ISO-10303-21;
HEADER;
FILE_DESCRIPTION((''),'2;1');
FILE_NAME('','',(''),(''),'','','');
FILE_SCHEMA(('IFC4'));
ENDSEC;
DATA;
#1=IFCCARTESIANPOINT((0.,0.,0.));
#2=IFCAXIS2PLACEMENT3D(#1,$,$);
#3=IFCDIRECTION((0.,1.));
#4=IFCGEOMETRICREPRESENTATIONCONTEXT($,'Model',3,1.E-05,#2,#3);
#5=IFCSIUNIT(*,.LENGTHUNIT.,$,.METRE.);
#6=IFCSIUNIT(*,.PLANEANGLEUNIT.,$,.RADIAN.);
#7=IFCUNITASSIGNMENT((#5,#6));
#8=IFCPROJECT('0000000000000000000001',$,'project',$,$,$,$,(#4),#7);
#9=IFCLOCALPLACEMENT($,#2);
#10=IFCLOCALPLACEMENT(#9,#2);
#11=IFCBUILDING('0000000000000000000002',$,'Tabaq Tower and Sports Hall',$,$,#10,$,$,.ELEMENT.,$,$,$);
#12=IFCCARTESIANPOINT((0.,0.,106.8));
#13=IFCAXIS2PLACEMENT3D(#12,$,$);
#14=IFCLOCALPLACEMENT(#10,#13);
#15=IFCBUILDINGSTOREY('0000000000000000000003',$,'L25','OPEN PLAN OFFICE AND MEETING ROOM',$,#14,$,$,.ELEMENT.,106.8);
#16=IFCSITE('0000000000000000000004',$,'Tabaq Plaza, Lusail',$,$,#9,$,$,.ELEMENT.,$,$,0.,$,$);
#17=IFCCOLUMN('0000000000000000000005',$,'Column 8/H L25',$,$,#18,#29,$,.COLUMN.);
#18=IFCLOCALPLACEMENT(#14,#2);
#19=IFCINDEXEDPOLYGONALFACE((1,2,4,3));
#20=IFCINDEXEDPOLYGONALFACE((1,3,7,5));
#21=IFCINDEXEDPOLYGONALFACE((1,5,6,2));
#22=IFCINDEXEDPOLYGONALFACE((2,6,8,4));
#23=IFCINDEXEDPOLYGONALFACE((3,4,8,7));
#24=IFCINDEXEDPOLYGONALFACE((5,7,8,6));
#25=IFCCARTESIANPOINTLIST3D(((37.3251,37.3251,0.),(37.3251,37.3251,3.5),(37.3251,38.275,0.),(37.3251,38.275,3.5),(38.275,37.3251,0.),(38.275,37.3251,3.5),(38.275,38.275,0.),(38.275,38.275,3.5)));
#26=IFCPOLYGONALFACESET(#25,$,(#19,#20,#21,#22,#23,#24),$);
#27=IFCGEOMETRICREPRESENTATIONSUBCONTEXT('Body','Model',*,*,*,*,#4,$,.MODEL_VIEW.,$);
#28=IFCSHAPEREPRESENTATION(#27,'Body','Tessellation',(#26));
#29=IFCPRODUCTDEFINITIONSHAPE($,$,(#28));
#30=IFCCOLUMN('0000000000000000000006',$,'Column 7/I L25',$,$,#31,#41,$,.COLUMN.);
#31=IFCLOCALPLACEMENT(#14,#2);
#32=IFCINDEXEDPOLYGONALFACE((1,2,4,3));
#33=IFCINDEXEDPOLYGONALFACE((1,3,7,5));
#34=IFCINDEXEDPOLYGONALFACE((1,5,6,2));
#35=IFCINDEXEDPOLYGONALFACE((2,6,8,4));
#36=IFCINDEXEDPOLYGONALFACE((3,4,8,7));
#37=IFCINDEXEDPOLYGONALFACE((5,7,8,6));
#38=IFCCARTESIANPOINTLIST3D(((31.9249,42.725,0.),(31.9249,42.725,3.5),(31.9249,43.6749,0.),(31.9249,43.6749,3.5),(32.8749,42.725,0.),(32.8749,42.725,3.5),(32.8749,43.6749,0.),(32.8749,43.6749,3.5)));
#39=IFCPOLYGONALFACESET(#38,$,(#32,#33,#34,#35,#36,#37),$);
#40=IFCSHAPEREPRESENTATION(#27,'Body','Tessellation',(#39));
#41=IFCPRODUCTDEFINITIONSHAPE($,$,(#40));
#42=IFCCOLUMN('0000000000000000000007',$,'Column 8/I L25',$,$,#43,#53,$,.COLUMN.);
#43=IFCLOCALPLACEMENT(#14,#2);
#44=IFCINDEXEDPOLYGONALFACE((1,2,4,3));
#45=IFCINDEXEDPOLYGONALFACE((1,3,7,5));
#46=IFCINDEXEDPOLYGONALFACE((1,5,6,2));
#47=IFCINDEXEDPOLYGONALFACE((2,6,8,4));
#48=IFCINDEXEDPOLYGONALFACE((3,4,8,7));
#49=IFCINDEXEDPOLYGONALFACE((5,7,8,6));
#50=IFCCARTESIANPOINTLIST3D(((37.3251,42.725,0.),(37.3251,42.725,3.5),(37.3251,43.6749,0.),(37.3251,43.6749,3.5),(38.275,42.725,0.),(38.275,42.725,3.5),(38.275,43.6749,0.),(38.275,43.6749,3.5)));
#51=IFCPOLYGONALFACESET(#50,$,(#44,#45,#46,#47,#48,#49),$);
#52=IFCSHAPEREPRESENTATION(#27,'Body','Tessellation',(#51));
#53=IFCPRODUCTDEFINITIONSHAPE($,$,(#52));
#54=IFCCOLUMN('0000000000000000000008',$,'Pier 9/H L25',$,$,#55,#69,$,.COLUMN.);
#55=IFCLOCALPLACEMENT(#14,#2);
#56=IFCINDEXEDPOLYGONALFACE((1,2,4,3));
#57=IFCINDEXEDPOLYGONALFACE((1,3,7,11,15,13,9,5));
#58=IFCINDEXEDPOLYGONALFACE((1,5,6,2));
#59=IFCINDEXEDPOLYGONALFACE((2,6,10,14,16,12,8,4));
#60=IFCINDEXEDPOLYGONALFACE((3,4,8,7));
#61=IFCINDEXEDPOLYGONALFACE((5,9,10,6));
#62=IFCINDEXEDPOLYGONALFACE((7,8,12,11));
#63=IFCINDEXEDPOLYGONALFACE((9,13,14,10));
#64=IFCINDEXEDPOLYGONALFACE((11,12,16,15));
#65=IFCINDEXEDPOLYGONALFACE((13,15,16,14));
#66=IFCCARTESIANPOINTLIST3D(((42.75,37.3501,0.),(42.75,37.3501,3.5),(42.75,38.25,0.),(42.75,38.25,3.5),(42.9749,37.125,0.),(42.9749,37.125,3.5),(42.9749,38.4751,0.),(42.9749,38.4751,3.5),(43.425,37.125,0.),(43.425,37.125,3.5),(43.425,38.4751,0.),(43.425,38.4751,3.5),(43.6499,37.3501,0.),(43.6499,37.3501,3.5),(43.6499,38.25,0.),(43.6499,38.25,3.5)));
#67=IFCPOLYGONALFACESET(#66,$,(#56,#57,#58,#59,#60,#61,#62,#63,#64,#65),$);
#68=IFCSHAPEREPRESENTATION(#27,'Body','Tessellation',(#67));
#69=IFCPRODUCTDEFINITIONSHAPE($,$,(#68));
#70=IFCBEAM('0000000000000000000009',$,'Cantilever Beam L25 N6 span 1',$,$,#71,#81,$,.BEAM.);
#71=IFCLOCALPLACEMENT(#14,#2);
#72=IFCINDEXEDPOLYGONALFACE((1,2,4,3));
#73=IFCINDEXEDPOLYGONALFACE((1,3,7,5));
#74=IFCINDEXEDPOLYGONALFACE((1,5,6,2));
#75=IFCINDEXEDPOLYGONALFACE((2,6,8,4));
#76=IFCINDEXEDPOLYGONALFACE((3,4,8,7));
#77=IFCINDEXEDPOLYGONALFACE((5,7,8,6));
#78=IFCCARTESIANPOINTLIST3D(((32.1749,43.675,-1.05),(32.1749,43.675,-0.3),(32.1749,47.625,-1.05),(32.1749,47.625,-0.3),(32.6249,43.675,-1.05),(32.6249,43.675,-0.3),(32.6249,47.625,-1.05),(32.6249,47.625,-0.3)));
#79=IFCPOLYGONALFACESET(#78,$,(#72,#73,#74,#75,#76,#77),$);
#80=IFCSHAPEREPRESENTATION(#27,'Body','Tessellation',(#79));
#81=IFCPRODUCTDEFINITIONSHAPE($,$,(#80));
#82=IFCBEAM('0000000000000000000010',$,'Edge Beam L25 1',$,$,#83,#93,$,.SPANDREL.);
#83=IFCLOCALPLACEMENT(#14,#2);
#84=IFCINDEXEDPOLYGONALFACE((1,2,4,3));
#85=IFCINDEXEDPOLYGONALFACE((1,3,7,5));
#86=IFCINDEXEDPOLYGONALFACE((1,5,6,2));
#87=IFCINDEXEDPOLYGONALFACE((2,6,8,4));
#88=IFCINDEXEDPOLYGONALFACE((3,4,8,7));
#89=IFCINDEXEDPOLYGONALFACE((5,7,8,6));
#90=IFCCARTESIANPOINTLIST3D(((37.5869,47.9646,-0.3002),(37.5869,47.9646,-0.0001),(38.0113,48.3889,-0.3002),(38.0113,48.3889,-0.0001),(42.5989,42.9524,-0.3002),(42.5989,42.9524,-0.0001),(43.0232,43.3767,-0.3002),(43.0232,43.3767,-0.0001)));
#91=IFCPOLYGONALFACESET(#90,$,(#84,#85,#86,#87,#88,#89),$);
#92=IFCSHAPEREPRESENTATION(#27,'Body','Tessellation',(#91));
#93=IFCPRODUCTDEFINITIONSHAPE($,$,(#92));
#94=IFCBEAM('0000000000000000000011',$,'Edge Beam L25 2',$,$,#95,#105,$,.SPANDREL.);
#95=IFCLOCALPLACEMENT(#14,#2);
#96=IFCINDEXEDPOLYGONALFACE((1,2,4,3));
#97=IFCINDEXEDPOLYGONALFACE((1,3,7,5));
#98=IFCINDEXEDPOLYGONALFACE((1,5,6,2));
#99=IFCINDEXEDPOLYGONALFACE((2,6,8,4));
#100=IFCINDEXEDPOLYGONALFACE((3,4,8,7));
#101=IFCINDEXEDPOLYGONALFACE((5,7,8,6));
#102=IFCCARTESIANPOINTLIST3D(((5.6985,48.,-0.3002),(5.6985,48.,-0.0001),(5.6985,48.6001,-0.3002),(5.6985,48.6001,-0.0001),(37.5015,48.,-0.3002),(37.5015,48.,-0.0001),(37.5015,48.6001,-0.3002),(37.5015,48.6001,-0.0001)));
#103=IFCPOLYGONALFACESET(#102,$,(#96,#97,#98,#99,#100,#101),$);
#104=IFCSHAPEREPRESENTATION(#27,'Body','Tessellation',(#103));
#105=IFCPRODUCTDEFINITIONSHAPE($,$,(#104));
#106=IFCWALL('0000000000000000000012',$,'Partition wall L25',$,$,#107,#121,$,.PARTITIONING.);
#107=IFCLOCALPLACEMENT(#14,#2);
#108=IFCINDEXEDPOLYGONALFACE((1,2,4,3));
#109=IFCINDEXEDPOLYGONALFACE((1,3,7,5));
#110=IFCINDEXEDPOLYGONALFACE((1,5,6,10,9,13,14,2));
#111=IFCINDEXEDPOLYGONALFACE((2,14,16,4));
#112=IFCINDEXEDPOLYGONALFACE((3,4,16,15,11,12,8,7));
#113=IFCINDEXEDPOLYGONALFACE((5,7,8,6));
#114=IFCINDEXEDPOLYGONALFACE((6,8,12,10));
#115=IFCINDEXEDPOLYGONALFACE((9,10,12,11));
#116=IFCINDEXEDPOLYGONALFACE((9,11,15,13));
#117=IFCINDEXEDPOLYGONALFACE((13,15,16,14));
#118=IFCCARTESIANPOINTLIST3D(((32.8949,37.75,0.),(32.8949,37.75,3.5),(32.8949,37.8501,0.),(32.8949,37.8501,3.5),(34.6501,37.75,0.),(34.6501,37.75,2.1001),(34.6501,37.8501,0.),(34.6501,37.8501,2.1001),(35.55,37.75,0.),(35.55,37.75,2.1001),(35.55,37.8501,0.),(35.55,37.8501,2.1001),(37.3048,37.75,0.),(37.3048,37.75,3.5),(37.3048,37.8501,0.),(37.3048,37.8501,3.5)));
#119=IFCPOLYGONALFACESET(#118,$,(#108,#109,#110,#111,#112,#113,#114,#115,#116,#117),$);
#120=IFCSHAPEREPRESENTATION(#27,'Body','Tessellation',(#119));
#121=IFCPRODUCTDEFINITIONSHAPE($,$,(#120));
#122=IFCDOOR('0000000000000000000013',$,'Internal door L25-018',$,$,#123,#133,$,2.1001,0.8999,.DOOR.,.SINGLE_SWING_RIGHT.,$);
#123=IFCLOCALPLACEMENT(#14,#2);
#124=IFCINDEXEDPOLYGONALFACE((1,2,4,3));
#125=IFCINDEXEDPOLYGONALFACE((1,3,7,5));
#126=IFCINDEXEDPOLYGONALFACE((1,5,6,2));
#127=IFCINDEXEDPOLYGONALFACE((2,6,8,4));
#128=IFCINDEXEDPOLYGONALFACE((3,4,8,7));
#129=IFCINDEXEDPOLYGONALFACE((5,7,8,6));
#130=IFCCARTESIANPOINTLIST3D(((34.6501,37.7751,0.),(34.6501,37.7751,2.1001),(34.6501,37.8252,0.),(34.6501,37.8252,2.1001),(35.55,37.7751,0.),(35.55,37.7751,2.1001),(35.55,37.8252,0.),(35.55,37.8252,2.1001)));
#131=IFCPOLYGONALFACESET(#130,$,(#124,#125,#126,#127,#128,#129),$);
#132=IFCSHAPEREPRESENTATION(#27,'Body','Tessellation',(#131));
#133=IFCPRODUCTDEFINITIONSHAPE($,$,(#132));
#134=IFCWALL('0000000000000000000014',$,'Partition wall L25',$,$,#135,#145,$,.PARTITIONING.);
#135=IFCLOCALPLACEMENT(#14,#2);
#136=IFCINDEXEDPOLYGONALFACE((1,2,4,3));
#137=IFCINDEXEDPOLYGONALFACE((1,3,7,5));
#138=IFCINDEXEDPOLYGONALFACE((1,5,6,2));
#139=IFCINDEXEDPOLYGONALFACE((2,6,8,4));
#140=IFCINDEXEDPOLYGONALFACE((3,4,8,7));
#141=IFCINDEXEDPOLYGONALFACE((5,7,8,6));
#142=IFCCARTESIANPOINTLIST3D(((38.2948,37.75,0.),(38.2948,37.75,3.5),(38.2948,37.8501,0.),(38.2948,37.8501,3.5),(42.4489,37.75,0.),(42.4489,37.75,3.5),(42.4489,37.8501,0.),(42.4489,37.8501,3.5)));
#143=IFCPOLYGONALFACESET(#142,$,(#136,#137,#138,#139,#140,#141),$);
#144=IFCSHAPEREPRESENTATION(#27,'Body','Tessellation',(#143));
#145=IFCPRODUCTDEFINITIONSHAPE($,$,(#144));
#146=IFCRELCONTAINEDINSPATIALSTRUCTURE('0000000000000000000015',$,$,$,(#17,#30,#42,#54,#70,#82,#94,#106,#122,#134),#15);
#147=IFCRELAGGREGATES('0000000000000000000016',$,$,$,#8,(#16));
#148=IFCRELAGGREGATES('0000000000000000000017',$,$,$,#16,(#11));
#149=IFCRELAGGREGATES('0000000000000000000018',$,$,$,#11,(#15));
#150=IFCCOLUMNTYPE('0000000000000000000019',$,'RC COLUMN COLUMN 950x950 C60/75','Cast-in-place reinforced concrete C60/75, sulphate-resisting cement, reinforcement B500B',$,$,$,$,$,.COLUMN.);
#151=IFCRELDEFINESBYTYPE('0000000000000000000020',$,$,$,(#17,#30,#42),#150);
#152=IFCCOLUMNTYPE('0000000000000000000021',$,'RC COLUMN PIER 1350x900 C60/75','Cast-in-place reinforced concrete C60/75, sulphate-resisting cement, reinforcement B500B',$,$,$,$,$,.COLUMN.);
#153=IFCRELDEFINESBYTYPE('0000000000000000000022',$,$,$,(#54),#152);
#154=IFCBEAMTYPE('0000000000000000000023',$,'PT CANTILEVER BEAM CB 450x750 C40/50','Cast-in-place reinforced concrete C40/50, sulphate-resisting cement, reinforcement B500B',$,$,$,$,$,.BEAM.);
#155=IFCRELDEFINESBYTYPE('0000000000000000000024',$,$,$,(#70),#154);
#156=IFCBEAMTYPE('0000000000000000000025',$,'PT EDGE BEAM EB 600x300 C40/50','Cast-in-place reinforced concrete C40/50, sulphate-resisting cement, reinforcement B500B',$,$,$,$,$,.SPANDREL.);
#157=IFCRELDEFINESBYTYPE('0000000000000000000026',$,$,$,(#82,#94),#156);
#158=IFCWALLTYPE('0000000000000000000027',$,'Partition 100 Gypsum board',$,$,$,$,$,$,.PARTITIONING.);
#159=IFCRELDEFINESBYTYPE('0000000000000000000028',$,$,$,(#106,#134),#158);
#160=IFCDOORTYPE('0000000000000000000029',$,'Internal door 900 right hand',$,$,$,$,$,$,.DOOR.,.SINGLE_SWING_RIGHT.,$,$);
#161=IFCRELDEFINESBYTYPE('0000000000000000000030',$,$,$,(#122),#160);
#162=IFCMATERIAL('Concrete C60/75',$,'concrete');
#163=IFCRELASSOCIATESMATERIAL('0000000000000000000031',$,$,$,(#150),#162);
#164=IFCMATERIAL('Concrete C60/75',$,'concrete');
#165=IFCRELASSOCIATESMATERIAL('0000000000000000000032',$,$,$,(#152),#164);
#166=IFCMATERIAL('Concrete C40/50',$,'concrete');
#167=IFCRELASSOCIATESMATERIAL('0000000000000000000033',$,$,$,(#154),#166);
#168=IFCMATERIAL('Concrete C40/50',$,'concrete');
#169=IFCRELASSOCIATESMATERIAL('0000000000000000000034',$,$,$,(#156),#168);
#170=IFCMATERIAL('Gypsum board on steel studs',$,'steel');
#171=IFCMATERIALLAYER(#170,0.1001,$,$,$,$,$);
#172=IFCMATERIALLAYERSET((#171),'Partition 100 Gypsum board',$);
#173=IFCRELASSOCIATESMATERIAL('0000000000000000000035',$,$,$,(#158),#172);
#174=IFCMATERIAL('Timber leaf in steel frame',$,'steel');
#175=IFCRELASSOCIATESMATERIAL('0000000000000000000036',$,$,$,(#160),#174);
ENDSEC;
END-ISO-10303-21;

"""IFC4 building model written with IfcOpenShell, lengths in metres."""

from ifc_helpers import new_model, si_unit, direction, frame, frame_2d, origin, origin_2d, place, context, subcontext, project, spatial, polyline, rectangle, outline, extrude, material, layer, layer_set, material_profile, profile_set, type_object, element, fill, save


model = new_model("IFC4")

# Units and contexts
model_context = context("Model", 3, precision=1e-05, world=origin(), true_north=direction((0.0, 1.0)))
body_context = subcontext(model_context, "Body", "Model", "MODEL_VIEW")
ifc_project = project(units=[si_unit("LENGTHUNIT", "METRE"), si_unit("PLANEANGLEUNIT", "RADIAN")], contexts=[model_context])

# Site, building, storey
site_placement = place(None, origin())
site = spatial("IfcSite", under=ifc_project, at=site_placement, Name="Tabaq Plaza, Lusail", CompositionType="ELEMENT", RefElevation=0.0)
building_placement = place(site_placement, origin())
building = spatial("IfcBuilding", under=site, at=building_placement, Name="Tabaq Tower and Sports Hall", CompositionType="ELEMENT")
storey_placement = place(building_placement, frame((0.0, 0.0, 106.8)))
storey = spatial("IfcBuildingStorey", under=building, at=storey_placement, Name="L25", Description="OPEN PLAN OFFICE AND MEETING ROOM", CompositionType="ELEMENT", Elevation=106.8)

# Columns
ifc_material_1 = material(Name="Concrete C60/75", Category="concrete")
ifc_material_profile_1 = material_profile(ifc_material_1, rectangle(XDim=0.95, YDim=0.95, at=origin_2d()), Name="COLUMN 950x950")
ifc_profile_set_1 = profile_set([ifc_material_profile_1], Name="Concrete C60/75")
column_type_1 = type_object("IfcColumnType", Name="RC COLUMN COLUMN 950x950 C60/75", Description="Cast-in-place reinforced concrete C60/75, sulphate-resisting cement, reinforcement B500B", PredefinedType="COLUMN", material=ifc_profile_set_1)
for number, where, z_axis, x_axis, name in (
    (1, (37.8, 37.8, 0.0), (0.0, 0.0, 1.0), (1.0, 0.0, 0.0), "Column 8/H L25"),
    (2, (32.3999, 43.2, 0.0), (0.0, 0.0, 1.0), (1.0, 0.0, 0.0), "Column 7/I L25"),
    (3, (37.8, 43.2, 0.0), (0.0, 0.0, 1.0), (1.0, 0.0, 0.0), "Column 8/I L25"),
):
    element("IfcColumn", number, at=place(storey_placement, frame(where, z_axis=z_axis, x_axis=x_axis)), inside=storey, type_object=column_type_1, Name=name, PredefinedType="COLUMN", context=body_context, shape_type="SweptSolid", body=[
        extrude(rectangle(XDim=0.95, YDim=0.95, at=origin_2d()), origin(), (0.0, 0.0, 1.0), 3.5),
    ])
ifc_material_2 = material(Name="Concrete C60/75", Category="concrete")
ifc_material_profile_2 = material_profile(ifc_material_2, outline(polyline([(-0.45, -0.45), (0.45, -0.45), (0.675, -0.2251), (0.675, 0.2251), (0.45, 0.45), (-0.45, 0.45), (-0.675, 0.2251), (-0.675, -0.2251), (-0.45, -0.45)])), Name="PIER 1350x900")
ifc_profile_set_2 = profile_set([ifc_material_profile_2], Name="Concrete C60/75")
column_type_2 = type_object("IfcColumnType", Name="RC COLUMN PIER 1350x900 C60/75", Description="Cast-in-place reinforced concrete C60/75, sulphate-resisting cement, reinforcement B500B", PredefinedType="COLUMN", material=ifc_profile_set_2)
column_placement = place(storey_placement, frame((43.2, 37.8, 0.0), z_axis=(0.0, 0.0, 1.0), x_axis=(0.0, 1.0, 0.0)))
element("IfcColumn", 4, at=column_placement, inside=storey, type_object=column_type_2, Name="Pier 9/H L25", PredefinedType="COLUMN", context=body_context, shape_type="SweptSolid", body=[
    extrude(outline(polyline([(-0.45, -0.45), (0.45, -0.45), (0.675, -0.2251), (0.675, 0.2251), (0.45, 0.45), (-0.45, 0.45), (-0.675, 0.2251), (-0.675, -0.2251), (-0.45, -0.45)])), origin(), (0.0, 0.0, 1.0), 3.5),
])

# Beams
ifc_material_3 = material(Name="Concrete C40/50", Category="concrete")
ifc_material_profile_3 = material_profile(ifc_material_3, rectangle(XDim=0.45, YDim=0.75, at=origin_2d()), Name="CB 450x750")
ifc_profile_set_3 = profile_set([ifc_material_profile_3], Name="Concrete C40/50")
beam_type_1 = type_object("IfcBeamType", Name="PT CANTILEVER BEAM CB 450x750 C40/50", Description="Cast-in-place reinforced concrete C40/50, sulphate-resisting cement, reinforcement B500B", PredefinedType="BEAM", material=ifc_profile_set_3)
beam_1_placement = place(storey_placement, frame((32.3999, 47.625, -0.675), z_axis=(0.0, -1.0, 0.0), x_axis=(1.0, 0.0, 0.0)))
element("IfcBeam", 5, at=beam_1_placement, inside=storey, type_object=beam_type_1, Name="Cantilever Beam L25 N6 span 1", PredefinedType="BEAM", context=body_context, shape_type="SweptSolid", body=[
    extrude(rectangle(XDim=0.45, YDim=0.75, at=origin_2d()), origin(), (0.0, 0.0, 1.0), 3.95),
])
ifc_material_4 = material(Name="Concrete C40/50", Category="concrete")
ifc_material_profile_4 = material_profile(ifc_material_4, rectangle(XDim=0.6001, YDim=0.3, at=origin_2d()), Name="EB 600x300")
ifc_profile_set_4 = profile_set([ifc_material_profile_4], Name="Concrete C40/50")
beam_type_2 = type_object("IfcBeamType", Name="PT EDGE BEAM EB 600x300 C40/50", Description="Cast-in-place reinforced concrete C40/50, sulphate-resisting cement, reinforcement B500B", PredefinedType="SPANDREL", material=ifc_profile_set_4)
beam_2_placement = place(storey_placement, frame((42.811, 43.1646, -0.1501), z_axis=(-0.70709, 0.707124, 0.0), x_axis=(-0.707124, -0.70709, 0.0)))
element("IfcBeam", 6, at=beam_2_placement, inside=storey, type_object=beam_type_2, Name="Edge Beam L25 1", PredefinedType="SPANDREL", context=body_context, shape_type="SweptSolid", body=[
    extrude(rectangle(XDim=0.6001, YDim=0.3, at=origin_2d()), origin(), (0.0, 0.0, 1.0), 7.0881),
])
beam_3_placement = place(storey_placement, frame((37.5015, 48.3, -0.1501), z_axis=(-1.0, 0.0, 0.0), x_axis=(0.0, -1.0, 0.0)))
element("IfcBeam", 7, at=beam_3_placement, inside=storey, type_object=beam_type_2, Name="Edge Beam L25 2", PredefinedType="SPANDREL", context=body_context, shape_type="SweptSolid", body=[
    extrude(rectangle(XDim=0.6001, YDim=0.3, at=origin_2d()), origin(), (0.0, 0.0, 1.0), 31.803),
])

# Wall, opening, door
ifc_material_5 = material(Name="Gypsum board on steel studs", Category="steel")
ifc_layer_1 = layer(ifc_material_5, 0.1001)
ifc_layer_set_1 = layer_set([ifc_layer_1], Name="Partition 100 Gypsum board")
wall_type_1 = type_object("IfcWallType", Name="Partition 100 Gypsum board", PredefinedType="PARTITIONING", material=ifc_layer_set_1)
wall_1_placement = place(storey_placement, frame((37.3049, 37.8, 0.0), z_axis=(0.0, 0.0, 1.0), x_axis=(-1.0, 0.0, 0.0)))
wall_1 = element("IfcWall", 8, at=wall_1_placement, inside=storey, type_object=wall_type_1, Name="Partition wall L25", PredefinedType="PARTITIONING", context=body_context, shape_type="SweptSolid", body=[
    extrude(rectangle(XDim=4.4099, YDim=0.1001, at=frame_2d((2.2051, 0.0))), origin(), (0.0, 0.0, 1.0), 3.5),
])
opening_1_placement = place(wall_1_placement, frame((1.7549, 0.0, 0.0)))
opening_1 = element("IfcOpeningElement", 9, at=opening_1_placement, cuts=wall_1, PredefinedType="OPENING", context=body_context, shape_type="SweptSolid", body=[
    extrude(rectangle(XDim=0.8999, YDim=2.1001, at=frame_2d((0.45, 1.05))), frame((0.0, 0.05, 0.0), z_axis=(0.0, -1.0, 0.0), x_axis=(1.0, 0.0, 0.0)), (0.0, 0.0, 1.0), 0.1001),
])
ifc_material_6 = material(Name="Timber leaf in steel frame", Category="steel")
door_type = type_object("IfcDoorType", Name="Internal door 900 right hand", OperationType="SINGLE_SWING_RIGHT", PredefinedType="DOOR", material=ifc_material_6)
door_placement = place(opening_1_placement, origin())
door = element("IfcDoor", 10, at=door_placement, inside=storey, type_object=door_type, Name="Internal door L25-018", OperationType="SINGLE_SWING_RIGHT", OverallHeight=2.1001, OverallWidth=0.8999, PredefinedType="DOOR", context=body_context, shape_type="SweptSolid", body=[
    extrude(rectangle(XDim=0.8999, YDim=2.1001, at=frame_2d((0.45, 1.05))), frame((0.0, 0.0249, 0.0), z_axis=(0.0, -1.0, 0.0), x_axis=(1.0, 0.0, 0.0)), (0.0, 0.0, 1.0), 0.05),
])
fill(opening_1, door)

# Wall
wall_2_placement = place(storey_placement, frame((42.449, 37.8, 0.0), z_axis=(0.0, 0.0, 1.0), x_axis=(-1.0, 0.0, 0.0)))
element("IfcWall", 11, at=wall_2_placement, inside=storey, type_object=wall_type_1, Name="Partition wall L25", PredefinedType="PARTITIONING", context=body_context, shape_type="SweptSolid", body=[
    extrude(rectangle(XDim=4.1541, YDim=0.1001, at=frame_2d((2.0771, 0.0))), origin(), (0.0, 0.0, 1.0), 3.5),
])

save(model, "model.ifc")
